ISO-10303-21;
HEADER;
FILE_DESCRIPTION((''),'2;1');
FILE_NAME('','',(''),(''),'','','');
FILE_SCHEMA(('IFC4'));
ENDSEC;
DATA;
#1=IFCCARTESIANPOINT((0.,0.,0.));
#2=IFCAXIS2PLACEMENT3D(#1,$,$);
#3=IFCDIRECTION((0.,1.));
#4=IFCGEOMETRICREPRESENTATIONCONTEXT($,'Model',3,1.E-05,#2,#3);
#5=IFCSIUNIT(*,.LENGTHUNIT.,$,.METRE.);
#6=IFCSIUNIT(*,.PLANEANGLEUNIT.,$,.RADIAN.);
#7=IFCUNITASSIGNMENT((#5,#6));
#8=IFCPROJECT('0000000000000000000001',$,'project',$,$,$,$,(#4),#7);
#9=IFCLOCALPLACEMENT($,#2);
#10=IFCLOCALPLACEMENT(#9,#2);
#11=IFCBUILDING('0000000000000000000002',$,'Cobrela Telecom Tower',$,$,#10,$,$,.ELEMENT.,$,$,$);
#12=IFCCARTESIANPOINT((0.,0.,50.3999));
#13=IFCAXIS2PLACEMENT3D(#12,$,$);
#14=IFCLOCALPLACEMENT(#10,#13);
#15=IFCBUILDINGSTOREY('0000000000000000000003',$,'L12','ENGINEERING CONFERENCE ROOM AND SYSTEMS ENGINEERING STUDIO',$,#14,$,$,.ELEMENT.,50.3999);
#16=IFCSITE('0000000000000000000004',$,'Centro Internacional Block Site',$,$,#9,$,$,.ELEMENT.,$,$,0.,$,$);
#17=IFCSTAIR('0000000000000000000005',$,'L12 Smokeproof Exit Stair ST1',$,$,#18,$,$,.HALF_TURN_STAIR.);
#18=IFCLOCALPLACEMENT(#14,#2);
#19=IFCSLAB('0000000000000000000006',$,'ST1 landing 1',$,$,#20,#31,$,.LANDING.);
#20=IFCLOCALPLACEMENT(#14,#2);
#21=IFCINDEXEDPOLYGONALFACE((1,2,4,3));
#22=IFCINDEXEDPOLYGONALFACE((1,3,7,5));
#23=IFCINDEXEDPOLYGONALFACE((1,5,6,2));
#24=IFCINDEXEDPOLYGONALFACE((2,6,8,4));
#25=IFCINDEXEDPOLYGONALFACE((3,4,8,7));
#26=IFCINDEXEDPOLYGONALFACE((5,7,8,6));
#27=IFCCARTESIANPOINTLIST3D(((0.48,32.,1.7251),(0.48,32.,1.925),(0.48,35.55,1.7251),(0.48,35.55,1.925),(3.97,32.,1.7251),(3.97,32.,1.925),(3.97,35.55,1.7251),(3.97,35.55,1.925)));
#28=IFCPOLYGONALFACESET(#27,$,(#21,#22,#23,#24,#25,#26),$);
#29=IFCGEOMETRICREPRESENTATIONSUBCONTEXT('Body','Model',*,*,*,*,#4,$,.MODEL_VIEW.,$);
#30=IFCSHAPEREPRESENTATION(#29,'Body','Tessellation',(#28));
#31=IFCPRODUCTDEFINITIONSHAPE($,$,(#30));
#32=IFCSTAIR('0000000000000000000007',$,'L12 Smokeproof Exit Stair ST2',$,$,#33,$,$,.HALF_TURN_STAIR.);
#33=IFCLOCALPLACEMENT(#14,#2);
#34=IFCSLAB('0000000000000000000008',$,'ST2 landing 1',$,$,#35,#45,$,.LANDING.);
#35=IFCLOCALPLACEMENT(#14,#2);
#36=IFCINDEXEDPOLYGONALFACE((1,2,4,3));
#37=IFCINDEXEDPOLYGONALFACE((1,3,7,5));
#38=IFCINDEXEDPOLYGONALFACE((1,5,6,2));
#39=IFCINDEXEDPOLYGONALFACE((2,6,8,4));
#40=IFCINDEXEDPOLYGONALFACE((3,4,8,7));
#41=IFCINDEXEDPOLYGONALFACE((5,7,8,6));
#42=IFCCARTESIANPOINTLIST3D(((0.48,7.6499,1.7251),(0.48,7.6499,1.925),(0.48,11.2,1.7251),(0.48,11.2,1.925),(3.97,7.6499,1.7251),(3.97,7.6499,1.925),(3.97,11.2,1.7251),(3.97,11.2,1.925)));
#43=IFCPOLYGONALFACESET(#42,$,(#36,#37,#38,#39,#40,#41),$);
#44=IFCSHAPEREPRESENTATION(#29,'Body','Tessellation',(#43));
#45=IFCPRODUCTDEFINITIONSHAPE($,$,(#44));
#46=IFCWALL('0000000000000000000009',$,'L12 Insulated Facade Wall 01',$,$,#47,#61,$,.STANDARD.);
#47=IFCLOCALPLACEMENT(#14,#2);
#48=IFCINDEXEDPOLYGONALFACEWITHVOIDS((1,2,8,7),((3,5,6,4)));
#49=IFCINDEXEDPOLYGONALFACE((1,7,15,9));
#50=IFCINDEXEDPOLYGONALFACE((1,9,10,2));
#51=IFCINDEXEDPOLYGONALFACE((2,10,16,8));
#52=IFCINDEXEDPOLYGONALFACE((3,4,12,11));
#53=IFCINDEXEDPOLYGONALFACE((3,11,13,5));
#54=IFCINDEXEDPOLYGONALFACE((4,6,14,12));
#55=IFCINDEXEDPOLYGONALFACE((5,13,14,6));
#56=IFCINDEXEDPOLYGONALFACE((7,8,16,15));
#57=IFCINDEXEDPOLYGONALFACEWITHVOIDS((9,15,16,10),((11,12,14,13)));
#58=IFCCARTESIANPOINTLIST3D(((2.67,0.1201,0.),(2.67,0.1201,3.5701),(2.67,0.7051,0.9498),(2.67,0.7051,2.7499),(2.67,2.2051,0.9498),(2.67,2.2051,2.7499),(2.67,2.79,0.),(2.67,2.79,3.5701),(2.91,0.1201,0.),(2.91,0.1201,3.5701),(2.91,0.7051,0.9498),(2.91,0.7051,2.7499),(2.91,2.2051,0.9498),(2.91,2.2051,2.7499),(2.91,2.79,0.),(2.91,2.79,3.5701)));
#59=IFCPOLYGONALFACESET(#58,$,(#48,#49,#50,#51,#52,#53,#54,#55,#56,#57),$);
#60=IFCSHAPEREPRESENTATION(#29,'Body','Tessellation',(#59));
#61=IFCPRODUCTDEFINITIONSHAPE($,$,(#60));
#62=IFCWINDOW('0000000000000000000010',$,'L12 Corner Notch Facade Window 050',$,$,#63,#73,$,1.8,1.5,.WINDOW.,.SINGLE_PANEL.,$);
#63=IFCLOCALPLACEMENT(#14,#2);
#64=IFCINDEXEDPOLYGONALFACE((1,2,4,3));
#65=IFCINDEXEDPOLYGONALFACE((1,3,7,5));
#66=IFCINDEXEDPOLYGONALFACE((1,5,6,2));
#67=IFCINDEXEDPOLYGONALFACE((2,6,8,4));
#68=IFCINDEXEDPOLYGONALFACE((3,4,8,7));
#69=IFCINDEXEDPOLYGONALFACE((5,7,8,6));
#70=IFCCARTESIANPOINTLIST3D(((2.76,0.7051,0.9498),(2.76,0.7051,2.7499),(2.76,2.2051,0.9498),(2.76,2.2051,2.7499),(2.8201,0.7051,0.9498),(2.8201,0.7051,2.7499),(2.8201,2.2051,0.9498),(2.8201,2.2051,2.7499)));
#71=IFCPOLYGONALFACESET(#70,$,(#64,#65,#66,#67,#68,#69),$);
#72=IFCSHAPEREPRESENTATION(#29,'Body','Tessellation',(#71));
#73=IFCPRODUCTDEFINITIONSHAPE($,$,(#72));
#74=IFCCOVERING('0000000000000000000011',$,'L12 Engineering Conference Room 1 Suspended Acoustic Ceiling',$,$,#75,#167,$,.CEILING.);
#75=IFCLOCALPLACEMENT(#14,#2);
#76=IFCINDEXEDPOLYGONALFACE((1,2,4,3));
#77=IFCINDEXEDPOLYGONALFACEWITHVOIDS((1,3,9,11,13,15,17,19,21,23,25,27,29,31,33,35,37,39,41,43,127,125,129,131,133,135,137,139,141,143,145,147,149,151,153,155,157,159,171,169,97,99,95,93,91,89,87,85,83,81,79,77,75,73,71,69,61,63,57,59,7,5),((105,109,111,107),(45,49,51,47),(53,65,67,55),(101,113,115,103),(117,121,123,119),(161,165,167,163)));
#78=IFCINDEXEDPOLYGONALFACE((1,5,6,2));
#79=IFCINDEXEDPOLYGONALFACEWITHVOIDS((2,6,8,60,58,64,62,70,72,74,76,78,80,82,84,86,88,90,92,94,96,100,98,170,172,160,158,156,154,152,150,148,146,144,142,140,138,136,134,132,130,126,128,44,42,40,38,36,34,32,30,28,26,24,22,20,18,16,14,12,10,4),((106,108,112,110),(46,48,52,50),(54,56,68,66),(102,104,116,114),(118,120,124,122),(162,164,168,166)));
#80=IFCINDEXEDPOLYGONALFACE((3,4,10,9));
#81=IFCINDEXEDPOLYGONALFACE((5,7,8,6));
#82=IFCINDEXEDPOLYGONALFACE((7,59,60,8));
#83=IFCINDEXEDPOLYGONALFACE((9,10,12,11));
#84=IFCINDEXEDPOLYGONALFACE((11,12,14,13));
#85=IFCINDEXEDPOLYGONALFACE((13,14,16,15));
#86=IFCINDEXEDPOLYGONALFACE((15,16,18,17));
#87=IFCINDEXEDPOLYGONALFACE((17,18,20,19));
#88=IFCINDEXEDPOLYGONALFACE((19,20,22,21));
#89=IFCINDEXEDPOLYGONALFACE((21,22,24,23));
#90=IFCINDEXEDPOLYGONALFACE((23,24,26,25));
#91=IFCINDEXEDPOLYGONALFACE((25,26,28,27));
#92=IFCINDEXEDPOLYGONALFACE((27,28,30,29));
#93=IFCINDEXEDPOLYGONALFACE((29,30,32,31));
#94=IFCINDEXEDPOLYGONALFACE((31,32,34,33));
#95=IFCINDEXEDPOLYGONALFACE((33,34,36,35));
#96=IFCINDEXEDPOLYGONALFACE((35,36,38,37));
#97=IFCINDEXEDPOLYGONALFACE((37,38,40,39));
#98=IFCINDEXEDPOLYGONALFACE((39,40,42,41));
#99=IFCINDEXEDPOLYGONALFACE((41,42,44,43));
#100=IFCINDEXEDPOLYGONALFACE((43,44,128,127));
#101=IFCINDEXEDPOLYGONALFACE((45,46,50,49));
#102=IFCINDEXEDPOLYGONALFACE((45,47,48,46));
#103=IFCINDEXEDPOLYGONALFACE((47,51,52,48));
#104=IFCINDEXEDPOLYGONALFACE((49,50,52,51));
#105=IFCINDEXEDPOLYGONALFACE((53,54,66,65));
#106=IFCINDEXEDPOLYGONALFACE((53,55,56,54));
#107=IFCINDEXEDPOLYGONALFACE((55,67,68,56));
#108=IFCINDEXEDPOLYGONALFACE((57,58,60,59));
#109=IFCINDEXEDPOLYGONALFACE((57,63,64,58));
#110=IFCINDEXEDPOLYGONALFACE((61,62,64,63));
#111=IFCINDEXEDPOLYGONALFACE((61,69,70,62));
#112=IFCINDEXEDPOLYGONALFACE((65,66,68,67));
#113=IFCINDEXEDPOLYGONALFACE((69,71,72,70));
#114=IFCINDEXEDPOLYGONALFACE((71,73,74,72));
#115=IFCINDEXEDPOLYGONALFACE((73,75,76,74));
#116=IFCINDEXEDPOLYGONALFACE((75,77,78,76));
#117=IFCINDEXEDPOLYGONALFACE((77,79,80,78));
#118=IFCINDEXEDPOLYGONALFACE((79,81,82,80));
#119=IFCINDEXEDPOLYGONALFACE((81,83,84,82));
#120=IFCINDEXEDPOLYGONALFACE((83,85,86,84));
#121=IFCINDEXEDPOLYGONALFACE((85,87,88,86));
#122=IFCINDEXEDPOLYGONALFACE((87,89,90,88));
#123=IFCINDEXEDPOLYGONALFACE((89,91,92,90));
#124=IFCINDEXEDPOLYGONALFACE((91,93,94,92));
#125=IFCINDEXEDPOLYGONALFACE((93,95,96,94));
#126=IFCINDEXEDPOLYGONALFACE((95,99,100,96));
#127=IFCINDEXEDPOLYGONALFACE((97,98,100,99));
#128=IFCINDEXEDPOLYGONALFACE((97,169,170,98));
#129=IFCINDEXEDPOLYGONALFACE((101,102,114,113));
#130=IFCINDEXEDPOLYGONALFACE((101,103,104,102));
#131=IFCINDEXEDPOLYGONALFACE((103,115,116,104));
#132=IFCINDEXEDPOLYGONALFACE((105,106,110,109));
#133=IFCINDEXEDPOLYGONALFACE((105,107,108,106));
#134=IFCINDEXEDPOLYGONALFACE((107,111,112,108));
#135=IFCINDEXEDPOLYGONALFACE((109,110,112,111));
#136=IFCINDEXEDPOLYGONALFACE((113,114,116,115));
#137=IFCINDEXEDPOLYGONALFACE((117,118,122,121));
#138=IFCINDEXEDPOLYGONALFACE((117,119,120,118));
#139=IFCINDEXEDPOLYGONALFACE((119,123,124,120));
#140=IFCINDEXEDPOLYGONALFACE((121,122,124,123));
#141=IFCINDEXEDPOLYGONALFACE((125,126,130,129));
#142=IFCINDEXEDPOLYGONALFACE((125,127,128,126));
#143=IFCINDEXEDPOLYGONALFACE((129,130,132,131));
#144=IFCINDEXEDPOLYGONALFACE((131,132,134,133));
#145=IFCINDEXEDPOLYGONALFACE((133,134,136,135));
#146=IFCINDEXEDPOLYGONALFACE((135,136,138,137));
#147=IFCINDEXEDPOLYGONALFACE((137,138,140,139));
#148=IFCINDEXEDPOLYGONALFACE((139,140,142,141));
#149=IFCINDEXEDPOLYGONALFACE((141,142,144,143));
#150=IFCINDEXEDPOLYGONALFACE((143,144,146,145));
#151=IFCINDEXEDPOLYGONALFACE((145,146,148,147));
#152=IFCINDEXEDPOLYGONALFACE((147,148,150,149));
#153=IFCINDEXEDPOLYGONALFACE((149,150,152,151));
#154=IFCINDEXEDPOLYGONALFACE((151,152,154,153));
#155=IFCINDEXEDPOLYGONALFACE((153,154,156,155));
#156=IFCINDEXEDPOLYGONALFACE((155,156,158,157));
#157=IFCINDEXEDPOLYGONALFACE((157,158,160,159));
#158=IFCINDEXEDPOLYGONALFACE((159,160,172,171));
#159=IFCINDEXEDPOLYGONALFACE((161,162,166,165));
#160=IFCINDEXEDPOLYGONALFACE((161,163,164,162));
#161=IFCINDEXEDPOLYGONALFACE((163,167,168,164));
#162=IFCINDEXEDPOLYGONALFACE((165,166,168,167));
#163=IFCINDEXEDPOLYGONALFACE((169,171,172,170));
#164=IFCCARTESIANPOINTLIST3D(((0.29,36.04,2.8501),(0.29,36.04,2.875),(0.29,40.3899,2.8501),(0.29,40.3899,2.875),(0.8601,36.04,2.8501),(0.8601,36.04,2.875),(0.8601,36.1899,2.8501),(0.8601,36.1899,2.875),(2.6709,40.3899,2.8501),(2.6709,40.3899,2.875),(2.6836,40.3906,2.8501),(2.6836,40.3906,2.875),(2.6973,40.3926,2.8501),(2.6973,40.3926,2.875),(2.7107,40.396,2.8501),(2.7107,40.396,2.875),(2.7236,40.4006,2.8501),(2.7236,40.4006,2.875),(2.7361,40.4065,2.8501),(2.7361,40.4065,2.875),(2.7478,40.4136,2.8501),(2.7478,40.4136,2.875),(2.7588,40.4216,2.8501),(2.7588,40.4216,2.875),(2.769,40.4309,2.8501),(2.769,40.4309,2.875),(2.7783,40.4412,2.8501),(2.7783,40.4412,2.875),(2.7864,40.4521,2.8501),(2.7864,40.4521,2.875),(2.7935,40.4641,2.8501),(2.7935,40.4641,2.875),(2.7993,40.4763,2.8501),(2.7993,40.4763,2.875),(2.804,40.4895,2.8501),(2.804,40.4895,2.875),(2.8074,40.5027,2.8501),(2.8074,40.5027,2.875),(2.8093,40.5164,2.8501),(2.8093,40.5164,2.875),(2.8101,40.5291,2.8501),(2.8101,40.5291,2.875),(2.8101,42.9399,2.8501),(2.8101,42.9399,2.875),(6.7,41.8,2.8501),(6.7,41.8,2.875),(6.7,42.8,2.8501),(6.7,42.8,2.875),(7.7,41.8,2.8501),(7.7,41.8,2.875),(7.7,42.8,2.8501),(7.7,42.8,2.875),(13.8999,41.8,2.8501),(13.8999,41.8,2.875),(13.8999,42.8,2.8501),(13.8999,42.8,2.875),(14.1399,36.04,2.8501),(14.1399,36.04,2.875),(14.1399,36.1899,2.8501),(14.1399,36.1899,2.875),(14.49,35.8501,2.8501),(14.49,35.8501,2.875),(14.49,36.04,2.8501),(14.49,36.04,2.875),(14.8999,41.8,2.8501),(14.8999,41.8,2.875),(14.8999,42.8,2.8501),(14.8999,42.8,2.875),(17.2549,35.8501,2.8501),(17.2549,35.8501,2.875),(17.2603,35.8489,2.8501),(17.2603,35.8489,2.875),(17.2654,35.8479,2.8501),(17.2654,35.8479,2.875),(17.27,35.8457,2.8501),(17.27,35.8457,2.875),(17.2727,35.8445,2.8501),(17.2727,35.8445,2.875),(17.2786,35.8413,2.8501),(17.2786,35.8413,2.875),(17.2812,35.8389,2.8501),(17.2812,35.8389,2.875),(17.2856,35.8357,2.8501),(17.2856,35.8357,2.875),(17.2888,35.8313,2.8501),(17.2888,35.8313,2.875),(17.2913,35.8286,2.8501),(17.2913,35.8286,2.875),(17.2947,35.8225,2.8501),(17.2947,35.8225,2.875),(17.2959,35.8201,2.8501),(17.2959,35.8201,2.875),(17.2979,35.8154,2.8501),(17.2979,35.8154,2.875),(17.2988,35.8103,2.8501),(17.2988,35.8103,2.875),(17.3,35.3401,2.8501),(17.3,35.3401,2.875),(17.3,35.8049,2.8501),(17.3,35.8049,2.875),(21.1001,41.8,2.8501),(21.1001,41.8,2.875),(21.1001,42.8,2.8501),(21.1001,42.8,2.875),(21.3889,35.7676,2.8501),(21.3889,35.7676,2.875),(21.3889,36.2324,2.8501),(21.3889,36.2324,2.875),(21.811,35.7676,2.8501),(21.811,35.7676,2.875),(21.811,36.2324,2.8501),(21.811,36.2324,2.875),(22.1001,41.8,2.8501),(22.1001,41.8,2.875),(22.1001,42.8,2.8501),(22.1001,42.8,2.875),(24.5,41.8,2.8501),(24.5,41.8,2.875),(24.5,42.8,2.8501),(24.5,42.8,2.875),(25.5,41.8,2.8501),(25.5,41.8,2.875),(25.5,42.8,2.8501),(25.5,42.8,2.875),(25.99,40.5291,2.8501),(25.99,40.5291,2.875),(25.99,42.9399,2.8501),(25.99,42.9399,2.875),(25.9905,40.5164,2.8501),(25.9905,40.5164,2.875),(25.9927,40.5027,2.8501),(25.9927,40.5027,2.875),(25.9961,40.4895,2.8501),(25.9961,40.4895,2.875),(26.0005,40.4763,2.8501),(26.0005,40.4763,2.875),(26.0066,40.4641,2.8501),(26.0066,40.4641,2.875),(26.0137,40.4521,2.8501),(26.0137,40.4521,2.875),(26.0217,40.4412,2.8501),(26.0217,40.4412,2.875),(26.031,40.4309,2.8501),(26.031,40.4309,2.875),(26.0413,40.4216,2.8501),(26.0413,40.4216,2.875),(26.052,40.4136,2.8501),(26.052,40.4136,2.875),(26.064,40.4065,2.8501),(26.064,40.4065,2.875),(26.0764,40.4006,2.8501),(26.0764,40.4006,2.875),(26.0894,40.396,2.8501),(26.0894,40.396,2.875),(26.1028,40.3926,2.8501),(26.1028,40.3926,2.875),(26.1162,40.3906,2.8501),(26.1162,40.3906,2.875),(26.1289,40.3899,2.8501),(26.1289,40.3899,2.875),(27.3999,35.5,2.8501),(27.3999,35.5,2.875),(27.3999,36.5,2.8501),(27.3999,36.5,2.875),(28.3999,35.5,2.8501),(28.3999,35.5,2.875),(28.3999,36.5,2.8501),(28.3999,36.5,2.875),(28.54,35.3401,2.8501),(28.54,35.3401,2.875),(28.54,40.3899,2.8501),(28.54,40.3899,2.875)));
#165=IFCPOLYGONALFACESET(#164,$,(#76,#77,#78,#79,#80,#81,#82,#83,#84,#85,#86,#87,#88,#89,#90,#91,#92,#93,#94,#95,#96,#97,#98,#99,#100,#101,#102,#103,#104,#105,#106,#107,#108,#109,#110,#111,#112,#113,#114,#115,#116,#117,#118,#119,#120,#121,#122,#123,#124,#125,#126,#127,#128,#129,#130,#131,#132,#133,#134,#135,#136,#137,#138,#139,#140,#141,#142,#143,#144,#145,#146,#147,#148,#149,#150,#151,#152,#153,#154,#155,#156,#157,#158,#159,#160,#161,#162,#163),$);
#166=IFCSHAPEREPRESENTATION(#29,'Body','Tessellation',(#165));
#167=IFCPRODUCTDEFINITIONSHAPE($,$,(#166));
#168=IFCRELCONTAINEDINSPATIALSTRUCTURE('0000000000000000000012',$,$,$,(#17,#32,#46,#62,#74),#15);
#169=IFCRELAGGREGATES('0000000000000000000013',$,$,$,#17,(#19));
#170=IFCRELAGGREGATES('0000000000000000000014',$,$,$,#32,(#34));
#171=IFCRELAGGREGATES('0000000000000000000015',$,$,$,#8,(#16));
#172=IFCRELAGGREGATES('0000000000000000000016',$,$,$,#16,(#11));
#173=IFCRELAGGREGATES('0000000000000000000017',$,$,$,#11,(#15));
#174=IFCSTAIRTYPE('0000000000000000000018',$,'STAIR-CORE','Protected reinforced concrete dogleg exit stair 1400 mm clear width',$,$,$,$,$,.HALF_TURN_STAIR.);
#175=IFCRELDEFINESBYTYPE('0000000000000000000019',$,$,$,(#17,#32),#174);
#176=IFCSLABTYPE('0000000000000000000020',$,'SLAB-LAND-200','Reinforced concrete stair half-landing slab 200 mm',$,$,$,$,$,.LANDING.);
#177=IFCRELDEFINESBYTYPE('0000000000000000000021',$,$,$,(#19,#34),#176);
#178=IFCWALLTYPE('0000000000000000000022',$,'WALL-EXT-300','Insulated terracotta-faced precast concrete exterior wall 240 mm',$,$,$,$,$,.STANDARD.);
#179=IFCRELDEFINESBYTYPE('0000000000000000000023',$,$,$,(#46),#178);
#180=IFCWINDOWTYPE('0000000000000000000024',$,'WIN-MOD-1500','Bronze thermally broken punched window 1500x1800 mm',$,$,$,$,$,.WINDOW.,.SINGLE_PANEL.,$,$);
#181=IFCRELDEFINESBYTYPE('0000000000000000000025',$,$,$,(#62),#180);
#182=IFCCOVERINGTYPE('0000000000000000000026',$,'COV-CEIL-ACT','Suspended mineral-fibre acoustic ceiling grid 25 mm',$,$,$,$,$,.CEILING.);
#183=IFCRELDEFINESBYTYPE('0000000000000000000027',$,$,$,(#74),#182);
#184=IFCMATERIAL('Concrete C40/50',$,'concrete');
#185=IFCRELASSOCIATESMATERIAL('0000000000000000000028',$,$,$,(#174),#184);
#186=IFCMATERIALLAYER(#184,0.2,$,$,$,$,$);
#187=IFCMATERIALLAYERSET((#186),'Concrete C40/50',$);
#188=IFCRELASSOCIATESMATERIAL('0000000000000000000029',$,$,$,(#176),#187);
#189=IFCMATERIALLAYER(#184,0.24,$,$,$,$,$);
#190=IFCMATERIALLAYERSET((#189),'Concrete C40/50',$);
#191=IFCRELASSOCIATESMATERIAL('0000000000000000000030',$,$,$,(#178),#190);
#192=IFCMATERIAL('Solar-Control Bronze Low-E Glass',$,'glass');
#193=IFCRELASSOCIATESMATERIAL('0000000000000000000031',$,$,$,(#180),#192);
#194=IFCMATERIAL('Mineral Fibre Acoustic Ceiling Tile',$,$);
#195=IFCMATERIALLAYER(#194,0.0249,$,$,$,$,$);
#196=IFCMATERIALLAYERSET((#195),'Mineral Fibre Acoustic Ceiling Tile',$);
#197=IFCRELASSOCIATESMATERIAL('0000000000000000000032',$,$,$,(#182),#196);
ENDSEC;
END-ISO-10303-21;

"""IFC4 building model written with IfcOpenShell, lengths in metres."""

from ifc_helpers import new_model, si_unit, direction, frame, frame_2d, origin, place, context, subcontext, project, spatial, polyline, rectangle, outline, extrude, material, layer, layer_set, type_object, element, fill, aggregate, save


model = new_model("IFC4")

# Units and contexts
model_context = context("Model", 3, precision=1e-05, world=origin(), true_north=direction((0.0, 1.0)))
body_context = subcontext(model_context, "Body", "Model", "MODEL_VIEW")
ifc_project = project(units=[si_unit("LENGTHUNIT", "METRE"), si_unit("PLANEANGLEUNIT", "RADIAN")], contexts=[model_context])

# Site, building, storey
site_placement = place(None, origin())
site = spatial("IfcSite", under=ifc_project, at=site_placement, Name="Centro Internacional Block Site", CompositionType="ELEMENT", RefElevation=0.0)
building_placement = place(site_placement, origin())
building = spatial("IfcBuilding", under=site, at=building_placement, Name="Cobrela Telecom Tower", CompositionType="ELEMENT")
storey_placement = place(building_placement, frame((0.0, 0.0, 50.3999)))
storey = spatial("IfcBuildingStorey", under=building, at=storey_placement, Name="L12", Description="ENGINEERING CONFERENCE ROOM AND SYSTEMS ENGINEERING STUDIO", CompositionType="ELEMENT", Elevation=50.3999)

# Shared definitions
ifc_material_1 = material(Name="Solar-Control Bronze Low-E Glass", Category="glass")

# Shared definitions
ifc_material_2 = material(Name="Concrete C40/50", Category="concrete")

# Stairs, slabs
stair_type = type_object("IfcStairType", Name="STAIR-CORE", Description="Protected reinforced concrete dogleg exit stair 1400 mm clear width", PredefinedType="HALF_TURN_STAIR", material=ifc_material_2)
stair_1_placement = place(storey_placement, origin())
stair_1 = element("IfcStair", 1, at=stair_1_placement, inside=storey, type_object=stair_type, Name="L12 Smokeproof Exit Stair ST1", PredefinedType="HALF_TURN_STAIR")
ifc_layer_1 = layer(ifc_material_2, 0.2)
ifc_layer_set_1 = layer_set([ifc_layer_1], Name="Concrete C40/50")
slab_type_1 = type_object("IfcSlabType", Name="SLAB-LAND-200", Description="Reinforced concrete stair half-landing slab 200 mm", PredefinedType="LANDING", material=ifc_layer_set_1)
slab_1_placement = place(storey_placement, frame((0.0, 0.0, 1.7251)))
slab_1 = element("IfcSlab", 2, at=slab_1_placement, type_object=slab_type_1, Name="ST1 landing 1", PredefinedType="LANDING", context=body_context, shape_type="SweptSolid", body=[
    extrude(outline(polyline([(3.97, 35.55), (0.48, 35.55), (0.48, 32.0), (3.97, 32.0), (3.97, 35.55)])), origin(), (0.0, 0.0, 1.0), 0.2),
])
aggregate(stair_1, [slab_1])
stair_2_placement = place(storey_placement, origin())
stair_2 = element("IfcStair", 3, at=stair_2_placement, inside=storey, type_object=stair_type, Name="L12 Smokeproof Exit Stair ST2", PredefinedType="HALF_TURN_STAIR")
slab_2_placement = place(storey_placement, frame((0.0, 0.0, 1.7251)))
slab_2 = element("IfcSlab", 4, at=slab_2_placement, type_object=slab_type_1, Name="ST2 landing 1", PredefinedType="LANDING", context=body_context, shape_type="SweptSolid", body=[
    extrude(outline(polyline([(3.97, 11.2), (0.48, 11.2), (0.48, 7.6499), (3.97, 7.6499), (3.97, 11.2)])), origin(), (0.0, 0.0, 1.0), 0.2),
])
aggregate(stair_2, [slab_2])

# Wall, opening, window
ifc_layer_2 = layer(ifc_material_2, 0.24)
ifc_layer_set_2 = layer_set([ifc_layer_2], Name="Concrete C40/50")
wall_type = type_object("IfcWallType", Name="WALL-EXT-300", Description="Insulated terracotta-faced precast concrete exterior wall 240 mm", PredefinedType="STANDARD", material=ifc_layer_set_2)
wall_placement = place(storey_placement, frame((2.79, 0.1201, 0.0), z_axis=(0.0, 0.0, 1.0), x_axis=(0.0, 1.0, 0.0)))
wall = element("IfcWall", 5, at=wall_placement, inside=storey, type_object=wall_type, Name="L12 Insulated Facade Wall 01", PredefinedType="STANDARD", context=body_context, shape_type="SweptSolid", body=[
    extrude(rectangle(XDim=2.6699, YDim=0.24, at=frame_2d((1.335, 0.0))), origin(), (0.0, 0.0, 1.0), 3.5701),
])
opening_1_placement = place(wall_placement, frame((0.585, 0.0, 0.95)))
opening_1 = element("IfcOpeningElement", 6, at=opening_1_placement, cuts=wall, PredefinedType="OPENING", context=body_context, shape_type="SweptSolid", body=[
    extrude(rectangle(XDim=1.5, YDim=1.8, at=frame_2d((0.75, 0.8999))), frame((0.0, 0.1318, 0.0), z_axis=(0.0, -1.0, 0.0), x_axis=(1.0, 0.0, 0.0)), (0.0, 0.0, 1.0), 0.2639),
])
window_type = type_object("IfcWindowType", Name="WIN-MOD-1500", Description="Bronze thermally broken punched window 1500x1800 mm", PartitioningType="SINGLE_PANEL", PredefinedType="WINDOW", material=ifc_material_1)
window_placement = place(opening_1_placement, origin())
window = element("IfcWindow", 7, at=window_placement, inside=storey, type_object=window_type, Name="L12 Corner Notch Facade Window 050", OverallHeight=1.8, OverallWidth=1.5, PartitioningType="SINGLE_PANEL", PredefinedType="WINDOW", context=body_context, shape_type="SweptSolid", body=[
    extrude(rectangle(XDim=1.5, YDim=1.8, at=frame_2d((0.75, 0.8999))), frame((0.0, 0.03, 0.0), z_axis=(0.0, -1.0, 0.0), x_axis=(1.0, 0.0, 0.0)), (0.0, 0.0, 1.0), 0.0601),
])
fill(opening_1, window)

# Covering
ifc_material_3 = material(Name="Mineral Fibre Acoustic Ceiling Tile")
ifc_layer_3 = layer(ifc_material_3, 0.0249)
ifc_layer_set_3 = layer_set([ifc_layer_3], Name="Mineral Fibre Acoustic Ceiling Tile")
covering_type_1 = type_object("IfcCoveringType", Name="COV-CEIL-ACT", Description="Suspended mineral-fibre acoustic ceiling grid 25 mm", PredefinedType="CEILING", material=ifc_layer_set_3)
covering_1_placement = place(storey_placement, frame((0.0, 0.0, 2.8501)))
element("IfcCovering", 8, at=covering_1_placement, inside=storey, type_object=covering_type_1, Name="L12 Engineering Conference Room 1 Suspended Acoustic Ceiling", PredefinedType="CEILING", context=body_context, shape_type="SweptSolid", body=[
    extrude(outline(polyline([(14.1399, 36.1899), (0.8601, 36.1899), (0.8601, 36.04), (0.29, 36.04), (0.29, 40.3899), (2.6709, 40.3899), (2.6836, 40.3906), (2.6973, 40.3926), (2.7107, 40.396), (2.7236, 40.4006), (2.7361, 40.4065), (2.7478, 40.4136), (2.7588, 40.4216), (2.769, 40.4309), (2.7783, 40.4412), (2.7864, 40.4521), (2.7935, 40.4641), (2.7993, 40.4763), (2.804, 40.4895), (2.8074, 40.5027), (2.8093, 40.5164), (2.8101, 40.5291), (2.8101, 42.9399), (25.99, 42.9399), (25.99, 40.5291), (25.9905, 40.5164), (25.9927, 40.5027), (25.9961, 40.4895), (26.0005, 40.4763), (26.0066, 40.4641), (26.0137, 40.4521), (26.0217, 40.4412), (26.031, 40.4309), (26.0413, 40.4216), (26.052, 40.4136), (26.064, 40.4065), (26.0764, 40.4006), (26.0894, 40.396), (26.1028, 40.3926), (26.1162, 40.3906), (26.1289, 40.3899), (28.54, 40.3899), (28.54, 35.3401), (17.3, 35.3401), (17.3, 35.8049), (17.2988, 35.8103), (17.2979, 35.8154), (17.2959, 35.8201), (17.2947, 35.8225), (17.2913, 35.8286), (17.2888, 35.8313), (17.2856, 35.8357), (17.2812, 35.8389), (17.2786, 35.8413), (17.2727, 35.8445), (17.27, 35.8457), (17.2654, 35.8479), (17.2603, 35.8489), (17.2549, 35.8501), (14.49, 35.8501), (14.49, 36.04), (14.1399, 36.04), (14.1399, 36.1899)]), holes=[polyline([(21.811, 35.7676), (21.811, 36.2324), (21.3889, 36.2324), (21.3889, 35.7676), (21.811, 35.7676)]), polyline([(28.3999, 35.5), (28.3999, 36.5), (27.3999, 36.5), (27.3999, 35.5), (28.3999, 35.5)]), polyline([(7.7, 41.8), (7.7, 42.8), (6.7, 42.8), (6.7, 41.8), (7.7, 41.8)]), polyline([(14.8999, 41.8), (14.8999, 42.8), (13.8999, 42.8), (13.8999, 41.8), (14.8999, 41.8)]), polyline([(22.1001, 41.8), (22.1001, 42.8), (21.1001, 42.8), (21.1001, 41.8), (22.1001, 41.8)]), polyline([(25.5, 42.8), (24.5, 42.8), (24.5, 41.8), (25.5, 41.8), (25.5, 42.8)])]), origin(), (0.0, 0.0, 1.0), 0.0249),
])

save(model, "model.ifc")
